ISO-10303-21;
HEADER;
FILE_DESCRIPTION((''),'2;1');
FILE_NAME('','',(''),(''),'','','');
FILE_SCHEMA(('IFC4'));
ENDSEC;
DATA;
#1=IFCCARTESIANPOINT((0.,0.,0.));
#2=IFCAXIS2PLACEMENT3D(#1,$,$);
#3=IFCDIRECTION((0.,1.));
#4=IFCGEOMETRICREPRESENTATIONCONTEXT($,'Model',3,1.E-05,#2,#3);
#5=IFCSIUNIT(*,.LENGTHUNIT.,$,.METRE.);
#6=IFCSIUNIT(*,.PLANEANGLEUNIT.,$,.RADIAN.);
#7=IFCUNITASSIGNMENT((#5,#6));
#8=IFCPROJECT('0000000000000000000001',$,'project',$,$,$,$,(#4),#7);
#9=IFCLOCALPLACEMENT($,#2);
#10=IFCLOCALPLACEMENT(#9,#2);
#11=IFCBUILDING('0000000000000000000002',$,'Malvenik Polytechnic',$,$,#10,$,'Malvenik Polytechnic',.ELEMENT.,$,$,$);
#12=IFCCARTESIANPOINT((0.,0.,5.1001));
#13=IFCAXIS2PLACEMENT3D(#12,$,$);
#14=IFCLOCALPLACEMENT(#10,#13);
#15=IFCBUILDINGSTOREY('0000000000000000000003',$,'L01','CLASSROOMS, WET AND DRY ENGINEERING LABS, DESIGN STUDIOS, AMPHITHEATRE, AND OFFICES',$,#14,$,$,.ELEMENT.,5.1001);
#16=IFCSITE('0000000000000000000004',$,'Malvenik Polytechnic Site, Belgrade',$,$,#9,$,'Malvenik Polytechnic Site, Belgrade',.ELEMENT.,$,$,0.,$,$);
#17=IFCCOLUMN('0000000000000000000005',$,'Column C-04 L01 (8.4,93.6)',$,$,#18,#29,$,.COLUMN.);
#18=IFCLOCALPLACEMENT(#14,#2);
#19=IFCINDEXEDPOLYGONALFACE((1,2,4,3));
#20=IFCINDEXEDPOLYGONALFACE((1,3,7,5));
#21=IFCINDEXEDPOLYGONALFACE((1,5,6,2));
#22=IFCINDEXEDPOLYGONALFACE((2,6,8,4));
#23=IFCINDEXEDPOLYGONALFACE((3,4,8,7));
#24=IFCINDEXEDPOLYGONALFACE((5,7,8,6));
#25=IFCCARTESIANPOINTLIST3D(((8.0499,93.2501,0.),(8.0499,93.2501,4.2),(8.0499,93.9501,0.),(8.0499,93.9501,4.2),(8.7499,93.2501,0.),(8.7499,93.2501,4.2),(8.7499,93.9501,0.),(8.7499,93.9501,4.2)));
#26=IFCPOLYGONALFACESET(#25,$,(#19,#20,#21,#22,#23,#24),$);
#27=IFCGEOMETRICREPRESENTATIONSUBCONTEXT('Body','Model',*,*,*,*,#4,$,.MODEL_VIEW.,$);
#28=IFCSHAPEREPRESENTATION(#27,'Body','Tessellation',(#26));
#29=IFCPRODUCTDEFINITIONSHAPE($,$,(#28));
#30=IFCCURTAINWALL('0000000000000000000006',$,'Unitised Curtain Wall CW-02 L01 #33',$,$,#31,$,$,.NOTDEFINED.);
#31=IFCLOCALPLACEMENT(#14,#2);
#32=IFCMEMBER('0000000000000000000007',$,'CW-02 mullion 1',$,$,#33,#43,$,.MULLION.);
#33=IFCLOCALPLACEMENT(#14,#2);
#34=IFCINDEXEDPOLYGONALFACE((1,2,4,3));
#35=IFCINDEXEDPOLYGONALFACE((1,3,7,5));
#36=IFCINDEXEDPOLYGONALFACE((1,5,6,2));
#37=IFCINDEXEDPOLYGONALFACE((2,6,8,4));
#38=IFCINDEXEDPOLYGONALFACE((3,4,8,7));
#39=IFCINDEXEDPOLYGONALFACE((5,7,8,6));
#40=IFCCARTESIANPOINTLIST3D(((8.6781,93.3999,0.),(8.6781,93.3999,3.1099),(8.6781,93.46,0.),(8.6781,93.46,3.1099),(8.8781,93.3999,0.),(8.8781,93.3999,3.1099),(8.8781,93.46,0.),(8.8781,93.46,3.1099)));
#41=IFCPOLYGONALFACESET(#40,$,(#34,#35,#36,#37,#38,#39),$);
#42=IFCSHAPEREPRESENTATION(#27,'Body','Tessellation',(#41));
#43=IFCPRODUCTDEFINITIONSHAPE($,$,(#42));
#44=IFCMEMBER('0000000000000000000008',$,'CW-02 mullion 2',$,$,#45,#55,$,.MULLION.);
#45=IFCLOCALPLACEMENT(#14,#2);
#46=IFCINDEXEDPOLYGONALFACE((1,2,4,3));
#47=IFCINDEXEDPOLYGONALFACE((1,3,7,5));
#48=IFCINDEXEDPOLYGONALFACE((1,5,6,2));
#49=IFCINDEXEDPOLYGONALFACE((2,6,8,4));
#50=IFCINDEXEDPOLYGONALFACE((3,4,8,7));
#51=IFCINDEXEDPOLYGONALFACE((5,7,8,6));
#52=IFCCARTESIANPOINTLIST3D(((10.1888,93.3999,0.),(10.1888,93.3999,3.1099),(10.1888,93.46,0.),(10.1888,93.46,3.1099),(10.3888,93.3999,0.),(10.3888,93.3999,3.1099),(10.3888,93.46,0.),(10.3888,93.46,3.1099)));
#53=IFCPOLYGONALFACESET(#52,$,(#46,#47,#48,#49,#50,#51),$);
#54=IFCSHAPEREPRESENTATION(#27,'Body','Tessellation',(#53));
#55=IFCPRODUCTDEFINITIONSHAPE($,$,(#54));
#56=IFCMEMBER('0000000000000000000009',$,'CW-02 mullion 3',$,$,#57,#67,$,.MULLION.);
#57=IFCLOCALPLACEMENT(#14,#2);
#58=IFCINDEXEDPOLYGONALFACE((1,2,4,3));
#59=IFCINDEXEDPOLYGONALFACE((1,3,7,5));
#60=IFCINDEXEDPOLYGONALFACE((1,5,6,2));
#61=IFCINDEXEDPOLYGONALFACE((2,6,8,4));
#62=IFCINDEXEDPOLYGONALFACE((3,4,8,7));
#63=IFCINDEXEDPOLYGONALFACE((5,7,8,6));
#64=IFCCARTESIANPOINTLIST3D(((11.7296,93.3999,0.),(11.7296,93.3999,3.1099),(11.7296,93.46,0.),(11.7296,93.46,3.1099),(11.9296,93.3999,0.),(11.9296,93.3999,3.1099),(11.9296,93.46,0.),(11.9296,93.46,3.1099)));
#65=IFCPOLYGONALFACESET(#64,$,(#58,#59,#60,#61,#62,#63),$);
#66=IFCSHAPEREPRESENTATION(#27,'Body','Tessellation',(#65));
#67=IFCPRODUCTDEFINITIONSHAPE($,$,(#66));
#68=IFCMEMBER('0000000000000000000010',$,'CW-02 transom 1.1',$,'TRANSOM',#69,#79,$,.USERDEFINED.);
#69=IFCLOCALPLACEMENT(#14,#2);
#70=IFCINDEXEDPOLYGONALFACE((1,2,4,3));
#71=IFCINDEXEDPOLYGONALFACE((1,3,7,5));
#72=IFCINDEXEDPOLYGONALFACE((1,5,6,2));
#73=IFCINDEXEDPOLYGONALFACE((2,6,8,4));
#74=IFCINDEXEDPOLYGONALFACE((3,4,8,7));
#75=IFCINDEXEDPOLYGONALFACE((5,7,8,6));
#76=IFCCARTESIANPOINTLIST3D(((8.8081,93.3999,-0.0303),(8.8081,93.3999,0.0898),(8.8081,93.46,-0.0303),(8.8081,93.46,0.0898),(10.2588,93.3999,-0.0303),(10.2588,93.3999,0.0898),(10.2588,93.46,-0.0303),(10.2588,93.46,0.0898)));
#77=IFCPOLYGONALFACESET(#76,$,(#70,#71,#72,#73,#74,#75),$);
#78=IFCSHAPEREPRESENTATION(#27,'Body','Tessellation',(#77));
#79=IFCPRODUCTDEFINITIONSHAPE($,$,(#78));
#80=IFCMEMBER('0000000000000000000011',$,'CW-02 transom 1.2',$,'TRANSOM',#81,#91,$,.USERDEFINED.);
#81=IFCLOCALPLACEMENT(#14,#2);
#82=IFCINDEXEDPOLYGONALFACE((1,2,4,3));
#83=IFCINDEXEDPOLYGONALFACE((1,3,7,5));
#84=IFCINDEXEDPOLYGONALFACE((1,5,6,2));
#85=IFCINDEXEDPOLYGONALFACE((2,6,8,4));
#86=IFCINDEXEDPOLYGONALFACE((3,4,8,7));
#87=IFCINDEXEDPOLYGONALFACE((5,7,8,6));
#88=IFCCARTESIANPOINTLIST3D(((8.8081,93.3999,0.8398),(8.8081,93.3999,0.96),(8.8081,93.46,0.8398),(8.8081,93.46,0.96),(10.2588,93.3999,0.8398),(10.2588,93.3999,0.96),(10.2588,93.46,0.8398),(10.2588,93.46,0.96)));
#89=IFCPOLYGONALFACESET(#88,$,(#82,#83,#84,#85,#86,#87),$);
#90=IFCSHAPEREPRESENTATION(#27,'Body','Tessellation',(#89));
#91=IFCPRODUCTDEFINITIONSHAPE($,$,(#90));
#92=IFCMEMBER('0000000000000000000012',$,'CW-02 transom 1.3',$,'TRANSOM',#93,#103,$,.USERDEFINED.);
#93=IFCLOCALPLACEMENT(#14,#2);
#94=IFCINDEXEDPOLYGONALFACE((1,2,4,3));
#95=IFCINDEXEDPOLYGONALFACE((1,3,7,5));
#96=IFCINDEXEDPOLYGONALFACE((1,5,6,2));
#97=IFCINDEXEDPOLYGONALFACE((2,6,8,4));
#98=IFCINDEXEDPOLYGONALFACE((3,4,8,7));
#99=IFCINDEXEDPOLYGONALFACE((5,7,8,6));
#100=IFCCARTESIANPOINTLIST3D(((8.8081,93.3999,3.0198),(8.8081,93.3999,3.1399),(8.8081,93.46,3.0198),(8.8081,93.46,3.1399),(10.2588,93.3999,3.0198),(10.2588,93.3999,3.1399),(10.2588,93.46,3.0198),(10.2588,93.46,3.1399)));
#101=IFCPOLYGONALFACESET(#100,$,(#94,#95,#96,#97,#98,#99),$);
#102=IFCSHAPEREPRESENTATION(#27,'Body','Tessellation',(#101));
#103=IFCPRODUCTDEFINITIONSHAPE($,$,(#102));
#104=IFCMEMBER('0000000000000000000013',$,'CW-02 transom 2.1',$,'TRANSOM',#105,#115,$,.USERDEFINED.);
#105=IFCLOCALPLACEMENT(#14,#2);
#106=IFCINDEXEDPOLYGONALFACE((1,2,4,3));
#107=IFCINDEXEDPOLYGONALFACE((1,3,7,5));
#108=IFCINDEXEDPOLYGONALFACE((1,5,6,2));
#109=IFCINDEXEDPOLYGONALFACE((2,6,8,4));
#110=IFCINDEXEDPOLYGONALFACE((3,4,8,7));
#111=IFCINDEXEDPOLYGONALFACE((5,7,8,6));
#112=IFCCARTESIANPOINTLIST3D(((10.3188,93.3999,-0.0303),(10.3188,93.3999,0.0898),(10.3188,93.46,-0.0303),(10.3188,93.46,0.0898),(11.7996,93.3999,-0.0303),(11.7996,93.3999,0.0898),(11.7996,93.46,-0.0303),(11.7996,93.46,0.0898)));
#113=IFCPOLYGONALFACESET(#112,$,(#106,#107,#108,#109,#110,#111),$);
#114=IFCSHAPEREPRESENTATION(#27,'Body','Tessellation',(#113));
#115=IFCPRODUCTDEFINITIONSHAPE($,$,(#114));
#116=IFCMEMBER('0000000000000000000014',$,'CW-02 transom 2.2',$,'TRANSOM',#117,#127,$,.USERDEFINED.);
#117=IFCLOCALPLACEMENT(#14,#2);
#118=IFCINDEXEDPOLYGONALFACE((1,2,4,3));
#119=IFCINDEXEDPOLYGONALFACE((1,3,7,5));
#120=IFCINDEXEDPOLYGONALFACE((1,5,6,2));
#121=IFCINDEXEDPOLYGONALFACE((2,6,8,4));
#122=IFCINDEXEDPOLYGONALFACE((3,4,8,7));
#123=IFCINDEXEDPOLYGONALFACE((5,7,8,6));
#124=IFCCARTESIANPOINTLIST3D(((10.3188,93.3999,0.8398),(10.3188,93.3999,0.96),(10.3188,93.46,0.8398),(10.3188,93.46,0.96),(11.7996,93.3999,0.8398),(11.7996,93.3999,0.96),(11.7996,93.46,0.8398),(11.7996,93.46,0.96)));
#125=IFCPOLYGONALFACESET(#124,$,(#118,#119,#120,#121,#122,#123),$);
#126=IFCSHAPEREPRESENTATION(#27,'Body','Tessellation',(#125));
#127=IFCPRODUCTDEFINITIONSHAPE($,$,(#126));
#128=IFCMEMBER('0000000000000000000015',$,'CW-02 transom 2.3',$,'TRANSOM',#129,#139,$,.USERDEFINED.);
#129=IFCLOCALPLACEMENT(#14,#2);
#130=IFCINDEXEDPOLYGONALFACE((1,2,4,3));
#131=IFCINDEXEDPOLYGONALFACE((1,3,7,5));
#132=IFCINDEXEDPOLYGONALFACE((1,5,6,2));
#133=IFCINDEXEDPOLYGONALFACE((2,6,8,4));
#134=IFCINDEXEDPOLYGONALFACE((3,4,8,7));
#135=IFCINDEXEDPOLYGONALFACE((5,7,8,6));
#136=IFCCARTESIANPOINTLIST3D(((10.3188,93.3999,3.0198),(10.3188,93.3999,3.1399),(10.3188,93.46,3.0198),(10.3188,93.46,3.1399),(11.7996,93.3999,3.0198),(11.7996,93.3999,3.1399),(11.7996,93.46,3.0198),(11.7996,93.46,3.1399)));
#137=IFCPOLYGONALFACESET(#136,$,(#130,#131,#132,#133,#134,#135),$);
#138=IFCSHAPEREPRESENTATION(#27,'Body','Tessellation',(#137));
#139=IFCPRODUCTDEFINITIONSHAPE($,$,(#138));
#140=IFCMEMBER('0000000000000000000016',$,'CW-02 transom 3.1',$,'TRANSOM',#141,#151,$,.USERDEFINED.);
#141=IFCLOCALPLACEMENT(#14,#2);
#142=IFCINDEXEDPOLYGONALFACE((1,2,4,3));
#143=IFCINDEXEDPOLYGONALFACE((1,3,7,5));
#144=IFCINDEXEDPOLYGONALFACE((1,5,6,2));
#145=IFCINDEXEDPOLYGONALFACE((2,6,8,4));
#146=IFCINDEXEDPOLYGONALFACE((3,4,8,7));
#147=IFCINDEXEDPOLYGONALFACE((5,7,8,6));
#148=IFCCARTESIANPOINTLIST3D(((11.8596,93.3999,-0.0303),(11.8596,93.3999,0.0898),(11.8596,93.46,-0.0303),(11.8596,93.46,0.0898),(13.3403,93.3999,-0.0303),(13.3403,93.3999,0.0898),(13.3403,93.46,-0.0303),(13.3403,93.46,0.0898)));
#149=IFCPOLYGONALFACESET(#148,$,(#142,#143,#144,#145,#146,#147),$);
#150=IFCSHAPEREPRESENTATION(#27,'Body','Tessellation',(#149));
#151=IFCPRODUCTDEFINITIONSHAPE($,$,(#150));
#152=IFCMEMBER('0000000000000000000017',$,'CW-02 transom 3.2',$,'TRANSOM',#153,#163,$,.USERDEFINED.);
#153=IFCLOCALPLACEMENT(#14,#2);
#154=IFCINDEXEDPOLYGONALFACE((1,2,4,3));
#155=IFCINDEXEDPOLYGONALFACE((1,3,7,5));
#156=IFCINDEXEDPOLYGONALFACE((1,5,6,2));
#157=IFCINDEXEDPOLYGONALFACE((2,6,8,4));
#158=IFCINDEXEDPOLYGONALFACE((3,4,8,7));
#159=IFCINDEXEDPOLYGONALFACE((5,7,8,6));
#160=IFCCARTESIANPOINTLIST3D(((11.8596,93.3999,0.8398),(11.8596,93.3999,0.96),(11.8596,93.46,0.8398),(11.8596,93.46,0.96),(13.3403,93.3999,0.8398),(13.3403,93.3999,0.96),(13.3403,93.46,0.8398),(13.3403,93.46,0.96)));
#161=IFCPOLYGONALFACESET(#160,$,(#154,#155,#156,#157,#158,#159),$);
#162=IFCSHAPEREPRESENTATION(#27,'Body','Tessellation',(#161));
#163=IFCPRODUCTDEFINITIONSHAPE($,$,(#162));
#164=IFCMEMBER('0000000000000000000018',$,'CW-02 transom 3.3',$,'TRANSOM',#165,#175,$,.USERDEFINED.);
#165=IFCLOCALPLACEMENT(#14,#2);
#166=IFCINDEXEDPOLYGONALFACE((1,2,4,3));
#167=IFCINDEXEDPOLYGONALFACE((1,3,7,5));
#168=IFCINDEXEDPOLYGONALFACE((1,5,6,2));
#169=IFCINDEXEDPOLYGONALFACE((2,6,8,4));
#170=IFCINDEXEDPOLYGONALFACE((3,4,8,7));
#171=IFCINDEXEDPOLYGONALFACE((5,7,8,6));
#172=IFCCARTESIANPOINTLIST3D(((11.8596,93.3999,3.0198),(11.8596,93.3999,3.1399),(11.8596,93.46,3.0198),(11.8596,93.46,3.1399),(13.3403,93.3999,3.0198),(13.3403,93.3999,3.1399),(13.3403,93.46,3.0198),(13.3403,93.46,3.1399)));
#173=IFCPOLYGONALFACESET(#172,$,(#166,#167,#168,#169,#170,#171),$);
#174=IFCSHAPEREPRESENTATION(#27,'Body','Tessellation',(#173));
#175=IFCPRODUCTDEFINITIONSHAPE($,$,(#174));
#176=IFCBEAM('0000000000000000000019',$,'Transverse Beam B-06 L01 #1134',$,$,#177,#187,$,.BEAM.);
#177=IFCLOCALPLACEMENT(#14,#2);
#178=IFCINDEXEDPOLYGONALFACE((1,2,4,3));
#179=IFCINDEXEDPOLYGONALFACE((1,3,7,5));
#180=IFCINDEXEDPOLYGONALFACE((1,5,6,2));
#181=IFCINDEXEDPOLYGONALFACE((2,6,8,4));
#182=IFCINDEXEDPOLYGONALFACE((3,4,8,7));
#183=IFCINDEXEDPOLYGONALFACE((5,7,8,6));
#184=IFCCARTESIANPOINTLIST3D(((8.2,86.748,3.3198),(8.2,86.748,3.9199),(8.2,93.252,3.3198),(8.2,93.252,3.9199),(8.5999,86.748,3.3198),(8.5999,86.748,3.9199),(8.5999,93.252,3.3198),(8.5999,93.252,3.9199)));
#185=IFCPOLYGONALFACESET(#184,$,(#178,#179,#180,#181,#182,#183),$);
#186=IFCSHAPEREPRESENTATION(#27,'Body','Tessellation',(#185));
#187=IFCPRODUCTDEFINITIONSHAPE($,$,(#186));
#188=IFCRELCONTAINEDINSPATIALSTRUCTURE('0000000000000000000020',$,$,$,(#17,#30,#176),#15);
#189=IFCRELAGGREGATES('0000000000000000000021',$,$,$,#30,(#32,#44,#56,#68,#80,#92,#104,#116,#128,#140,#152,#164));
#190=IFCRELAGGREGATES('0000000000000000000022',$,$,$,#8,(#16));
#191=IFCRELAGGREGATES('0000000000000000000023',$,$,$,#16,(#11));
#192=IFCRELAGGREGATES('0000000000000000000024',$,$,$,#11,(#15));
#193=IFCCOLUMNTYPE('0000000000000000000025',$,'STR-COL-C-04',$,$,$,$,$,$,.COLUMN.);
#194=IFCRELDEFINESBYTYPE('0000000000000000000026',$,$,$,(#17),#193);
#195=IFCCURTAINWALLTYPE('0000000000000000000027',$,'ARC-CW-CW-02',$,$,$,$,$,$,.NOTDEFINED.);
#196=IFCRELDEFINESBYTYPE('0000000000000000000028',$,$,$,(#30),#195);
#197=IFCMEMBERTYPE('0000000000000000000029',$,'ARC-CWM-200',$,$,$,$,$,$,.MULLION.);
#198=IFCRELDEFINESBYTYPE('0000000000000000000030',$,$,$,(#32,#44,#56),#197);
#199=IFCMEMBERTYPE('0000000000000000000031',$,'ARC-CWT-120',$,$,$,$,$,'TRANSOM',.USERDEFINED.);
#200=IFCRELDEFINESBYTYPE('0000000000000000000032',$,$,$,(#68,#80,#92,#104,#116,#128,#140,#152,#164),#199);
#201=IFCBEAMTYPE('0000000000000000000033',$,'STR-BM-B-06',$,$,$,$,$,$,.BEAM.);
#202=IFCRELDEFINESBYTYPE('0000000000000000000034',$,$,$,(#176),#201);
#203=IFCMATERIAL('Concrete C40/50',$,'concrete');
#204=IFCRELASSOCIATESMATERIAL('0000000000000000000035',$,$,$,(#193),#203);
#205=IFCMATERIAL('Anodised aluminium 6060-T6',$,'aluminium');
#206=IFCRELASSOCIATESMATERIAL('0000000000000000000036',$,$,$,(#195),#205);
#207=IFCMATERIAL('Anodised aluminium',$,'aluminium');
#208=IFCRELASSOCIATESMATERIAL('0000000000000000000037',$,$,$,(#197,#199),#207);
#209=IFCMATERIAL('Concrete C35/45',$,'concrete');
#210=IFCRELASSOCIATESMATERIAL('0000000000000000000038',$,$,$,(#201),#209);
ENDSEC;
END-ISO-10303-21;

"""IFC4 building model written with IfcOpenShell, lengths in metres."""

from ifc_helpers import new_model, si_unit, direction, frame, origin, origin_2d, place, context, subcontext, project, spatial, rectangle, extrude, material, material_profile, profile_set, type_object, element, aggregate, save


model = new_model("IFC4")

# Units and contexts
model_context = context("Model", 3, precision=1e-05, world=origin(), true_north=direction((0.0, 1.0)))
body_context = subcontext(model_context, "Body", "Model", "MODEL_VIEW")
ifc_project = project(units=[si_unit("LENGTHUNIT", "METRE"), si_unit("PLANEANGLEUNIT", "RADIAN")], contexts=[model_context])

# Site, building, storey
site_placement = place(None, origin())
site = spatial("IfcSite", under=ifc_project, at=site_placement, Name="Malvenik Polytechnic Site, Belgrade", LongName="Malvenik Polytechnic Site, Belgrade", CompositionType="ELEMENT", RefElevation=0.0)
building_placement = place(site_placement, origin())
building = spatial("IfcBuilding", under=site, at=building_placement, Name="Malvenik Polytechnic", LongName="Malvenik Polytechnic", CompositionType="ELEMENT")
storey_placement = place(building_placement, frame((0.0, 0.0, 5.1001)))
storey = spatial("IfcBuildingStorey", under=building, at=storey_placement, Name="L01", Description="CLASSROOMS, WET AND DRY ENGINEERING LABS, DESIGN STUDIOS, AMPHITHEATRE, AND OFFICES", CompositionType="ELEMENT", Elevation=5.1001)

# Column
ifc_material_1 = material(Name="Concrete C40/50", Category="concrete")
ifc_material_profile_1 = material_profile(ifc_material_1, rectangle(XDim=0.7, YDim=0.7, at=origin_2d()), Name="RC COL 700x700")
ifc_profile_set_1 = profile_set([ifc_material_profile_1], Name="Concrete C40/50")
column_type = type_object("IfcColumnType", Name="STR-COL-C-04", PredefinedType="COLUMN", material=ifc_profile_set_1)
column_placement = place(storey_placement, frame((8.3999, 93.6001, 0.0), z_axis=(0.0, 0.0, 1.0), x_axis=(1.0, 0.0, 0.0)))
element("IfcColumn", 1, at=column_placement, inside=storey, type_object=column_type, Name="Column C-04 L01 (8.4,93.6)", PredefinedType="COLUMN", context=body_context, shape_type="SweptSolid", body=[
    extrude(rectangle(XDim=0.7, YDim=0.7, at=origin_2d()), origin(), (0.0, 0.0, 1.0), 4.2),
])

# Curtain wall, members
ifc_material_2 = material(Name="Anodised aluminium 6060-T6", Category="aluminium")
curtain_wall_type = type_object("IfcCurtainWallType", Name="ARC-CW-CW-02", PredefinedType="NOTDEFINED", material=ifc_material_2)
curtain_wall_placement = place(storey_placement, origin())
curtain_wall = element("IfcCurtainWall", 2, at=curtain_wall_placement, inside=storey, type_object=curtain_wall_type, Name="Unitised Curtain Wall CW-02 L01 #33", PredefinedType="NOTDEFINED")
ifc_material_3 = material(Name="Anodised aluminium", Category="aluminium")
ifc_material_profile_2 = material_profile(ifc_material_3, rectangle(XDim=0.0601, YDim=0.2, at=origin_2d()), Name="ALU MULLION 60x200")
ifc_profile_set_2 = profile_set([ifc_material_profile_2], Name="Anodised aluminium")
member_type_1 = type_object("IfcMemberType", Name="ARC-CWM-200", PredefinedType="MULLION", material=ifc_profile_set_2)
member_1_placement = place(storey_placement, frame((8.7781, 93.4299, 0.0), z_axis=(0.0, 0.0, 1.0), x_axis=(0.0, 1.0, 0.0)))
member_1 = element("IfcMember", 3, at=member_1_placement, type_object=member_type_1, Name="CW-02 mullion 1", PredefinedType="MULLION", context=body_context, shape_type="SweptSolid", body=[
    extrude(rectangle(XDim=0.0601, YDim=0.2, at=origin_2d()), origin(), (0.0, 0.0, 1.0), 3.1099),
])
member_2_placement = place(storey_placement, frame((10.2888, 93.4299, 0.0), z_axis=(0.0, 0.0, 1.0), x_axis=(0.0, 1.0, 0.0)))
member_2 = element("IfcMember", 4, at=member_2_placement, type_object=member_type_1, Name="CW-02 mullion 2", PredefinedType="MULLION", context=body_context, shape_type="SweptSolid", body=[
    extrude(rectangle(XDim=0.0601, YDim=0.2, at=origin_2d()), origin(), (0.0, 0.0, 1.0), 3.1099),
])
member_3_placement = place(storey_placement, frame((11.8296, 93.4299, 0.0), z_axis=(0.0, 0.0, 1.0), x_axis=(0.0, 1.0, 0.0)))
member_3 = element("IfcMember", 5, at=member_3_placement, type_object=member_type_1, Name="CW-02 mullion 3", PredefinedType="MULLION", context=body_context, shape_type="SweptSolid", body=[
    extrude(rectangle(XDim=0.0601, YDim=0.2, at=origin_2d()), origin(), (0.0, 0.0, 1.0), 3.1099),
])
ifc_material_profile_3 = material_profile(ifc_material_3, rectangle(XDim=0.0601, YDim=0.1201, at=origin_2d()), Name="ALU TRANSOM 60x120")
ifc_profile_set_3 = profile_set([ifc_material_profile_3], Name="Anodised aluminium")
member_type_2 = type_object("IfcMemberType", Name="ARC-CWT-120", ElementType="TRANSOM", PredefinedType="USERDEFINED", material=ifc_profile_set_3)
member_4_placement = place(storey_placement, frame((8.8081, 93.4299, 0.0298), z_axis=(1.0, 0.0, 0.0), x_axis=(0.0, 1.0, 0.0)))
member_4 = element("IfcMember", 6, at=member_4_placement, type_object=member_type_2, Name="CW-02 transom 1.1", ObjectType="TRANSOM", PredefinedType="USERDEFINED", context=body_context, shape_type="SweptSolid", body=[
    extrude(rectangle(XDim=0.0601, YDim=0.1201, at=origin_2d()), origin(), (0.0, 0.0, 1.0), 1.4507),
])
member_5_placement = place(storey_placement, frame((8.8081, 93.4299, 0.8999), z_axis=(1.0, 0.0, 0.0), x_axis=(0.0, 1.0, 0.0)))
member_5 = element("IfcMember", 7, at=member_5_placement, type_object=member_type_2, Name="CW-02 transom 1.2", ObjectType="TRANSOM", PredefinedType="USERDEFINED", context=body_context, shape_type="SweptSolid", body=[
    extrude(rectangle(XDim=0.0601, YDim=0.1201, at=origin_2d()), origin(), (0.0, 0.0, 1.0), 1.4507),
])
member_6_placement = place(storey_placement, frame((8.8081, 93.4299, 3.0798), z_axis=(1.0, 0.0, 0.0), x_axis=(0.0, 1.0, 0.0)))
member_6 = element("IfcMember", 8, at=member_6_placement, type_object=member_type_2, Name="CW-02 transom 1.3", ObjectType="TRANSOM", PredefinedType="USERDEFINED", context=body_context, shape_type="SweptSolid", body=[
    extrude(rectangle(XDim=0.0601, YDim=0.1201, at=origin_2d()), origin(), (0.0, 0.0, 1.0), 1.4507),
])
member_7_placement = place(storey_placement, frame((10.3188, 93.4299, 0.0298), z_axis=(1.0, 0.0, 0.0), x_axis=(0.0, 1.0, 0.0)))
member_7 = element("IfcMember", 9, at=member_7_placement, type_object=member_type_2, Name="CW-02 transom 2.1", ObjectType="TRANSOM", PredefinedType="USERDEFINED", context=body_context, shape_type="SweptSolid", body=[
    extrude(rectangle(XDim=0.0601, YDim=0.1201, at=origin_2d()), origin(), (0.0, 0.0, 1.0), 1.4807),
])
member_8_placement = place(storey_placement, frame((10.3188, 93.4299, 0.8999), z_axis=(1.0, 0.0, 0.0), x_axis=(0.0, 1.0, 0.0)))
member_8 = element("IfcMember", 10, at=member_8_placement, type_object=member_type_2, Name="CW-02 transom 2.2", ObjectType="TRANSOM", PredefinedType="USERDEFINED", context=body_context, shape_type="SweptSolid", body=[
    extrude(rectangle(XDim=0.0601, YDim=0.1201, at=origin_2d()), origin(), (0.0, 0.0, 1.0), 1.4807),
])
member_9_placement = place(storey_placement, frame((10.3188, 93.4299, 3.0798), z_axis=(1.0, 0.0, 0.0), x_axis=(0.0, 1.0, 0.0)))
member_9 = element("IfcMember", 11, at=member_9_placement, type_object=member_type_2, Name="CW-02 transom 2.3", ObjectType="TRANSOM", PredefinedType="USERDEFINED", context=body_context, shape_type="SweptSolid", body=[
    extrude(rectangle(XDim=0.0601, YDim=0.1201, at=origin_2d()), origin(), (0.0, 0.0, 1.0), 1.4807),
])
member_10_placement = place(storey_placement, frame((11.8596, 93.4299, 0.0298), z_axis=(1.0, 0.0, 0.0), x_axis=(0.0, 1.0, 0.0)))
member_10 = element("IfcMember", 12, at=member_10_placement, type_object=member_type_2, Name="CW-02 transom 3.1", ObjectType="TRANSOM", PredefinedType="USERDEFINED", context=body_context, shape_type="SweptSolid", body=[
    extrude(rectangle(XDim=0.0601, YDim=0.1201, at=origin_2d()), origin(), (0.0, 0.0, 1.0), 1.4807),
])
member_11_placement = place(storey_placement, frame((11.8596, 93.4299, 0.8999), z_axis=(1.0, 0.0, 0.0), x_axis=(0.0, 1.0, 0.0)))
member_11 = element("IfcMember", 13, at=member_11_placement, type_object=member_type_2, Name="CW-02 transom 3.2", ObjectType="TRANSOM", PredefinedType="USERDEFINED", context=body_context, shape_type="SweptSolid", body=[
    extrude(rectangle(XDim=0.0601, YDim=0.1201, at=origin_2d()), origin(), (0.0, 0.0, 1.0), 1.4807),
])
member_12_placement = place(storey_placement, frame((11.8596, 93.4299, 3.0798), z_axis=(1.0, 0.0, 0.0), x_axis=(0.0, 1.0, 0.0)))
member_12 = element("IfcMember", 14, at=member_12_placement, type_object=member_type_2, Name="CW-02 transom 3.3", ObjectType="TRANSOM", PredefinedType="USERDEFINED", context=body_context, shape_type="SweptSolid", body=[
    extrude(rectangle(XDim=0.0601, YDim=0.1201, at=origin_2d()), origin(), (0.0, 0.0, 1.0), 1.4807),
])

# Beam
ifc_material_4 = material(Name="Concrete C35/45", Category="concrete")
ifc_material_profile_4 = material_profile(ifc_material_4, rectangle(XDim=0.3999, YDim=0.6001, at=origin_2d()), Name="RC BM 400x600")
ifc_profile_set_4 = profile_set([ifc_material_profile_4], Name="Concrete C35/45")
beam_type = type_object("IfcBeamType", Name="STR-BM-B-06", PredefinedType="BEAM", material=ifc_profile_set_4)
beam_placement = place(storey_placement, frame((8.3999, 86.748, 3.6199), z_axis=(0.0, 1.0, 0.0), x_axis=(-1.0, 0.0, 0.0)))
element("IfcBeam", 15, at=beam_placement, inside=storey, type_object=beam_type, Name="Transverse Beam B-06 L01 #1134", PredefinedType="BEAM", context=body_context, shape_type="SweptSolid", body=[
    extrude(rectangle(XDim=0.3999, YDim=0.6001, at=origin_2d()), origin(), (0.0, 0.0, 1.0), 6.5039),
])

aggregate(curtain_wall, [member_1, member_2, member_3, member_4, member_5, member_6, member_7, member_8, member_9, member_10, member_11, member_12])

save(model, "model.ifc")
